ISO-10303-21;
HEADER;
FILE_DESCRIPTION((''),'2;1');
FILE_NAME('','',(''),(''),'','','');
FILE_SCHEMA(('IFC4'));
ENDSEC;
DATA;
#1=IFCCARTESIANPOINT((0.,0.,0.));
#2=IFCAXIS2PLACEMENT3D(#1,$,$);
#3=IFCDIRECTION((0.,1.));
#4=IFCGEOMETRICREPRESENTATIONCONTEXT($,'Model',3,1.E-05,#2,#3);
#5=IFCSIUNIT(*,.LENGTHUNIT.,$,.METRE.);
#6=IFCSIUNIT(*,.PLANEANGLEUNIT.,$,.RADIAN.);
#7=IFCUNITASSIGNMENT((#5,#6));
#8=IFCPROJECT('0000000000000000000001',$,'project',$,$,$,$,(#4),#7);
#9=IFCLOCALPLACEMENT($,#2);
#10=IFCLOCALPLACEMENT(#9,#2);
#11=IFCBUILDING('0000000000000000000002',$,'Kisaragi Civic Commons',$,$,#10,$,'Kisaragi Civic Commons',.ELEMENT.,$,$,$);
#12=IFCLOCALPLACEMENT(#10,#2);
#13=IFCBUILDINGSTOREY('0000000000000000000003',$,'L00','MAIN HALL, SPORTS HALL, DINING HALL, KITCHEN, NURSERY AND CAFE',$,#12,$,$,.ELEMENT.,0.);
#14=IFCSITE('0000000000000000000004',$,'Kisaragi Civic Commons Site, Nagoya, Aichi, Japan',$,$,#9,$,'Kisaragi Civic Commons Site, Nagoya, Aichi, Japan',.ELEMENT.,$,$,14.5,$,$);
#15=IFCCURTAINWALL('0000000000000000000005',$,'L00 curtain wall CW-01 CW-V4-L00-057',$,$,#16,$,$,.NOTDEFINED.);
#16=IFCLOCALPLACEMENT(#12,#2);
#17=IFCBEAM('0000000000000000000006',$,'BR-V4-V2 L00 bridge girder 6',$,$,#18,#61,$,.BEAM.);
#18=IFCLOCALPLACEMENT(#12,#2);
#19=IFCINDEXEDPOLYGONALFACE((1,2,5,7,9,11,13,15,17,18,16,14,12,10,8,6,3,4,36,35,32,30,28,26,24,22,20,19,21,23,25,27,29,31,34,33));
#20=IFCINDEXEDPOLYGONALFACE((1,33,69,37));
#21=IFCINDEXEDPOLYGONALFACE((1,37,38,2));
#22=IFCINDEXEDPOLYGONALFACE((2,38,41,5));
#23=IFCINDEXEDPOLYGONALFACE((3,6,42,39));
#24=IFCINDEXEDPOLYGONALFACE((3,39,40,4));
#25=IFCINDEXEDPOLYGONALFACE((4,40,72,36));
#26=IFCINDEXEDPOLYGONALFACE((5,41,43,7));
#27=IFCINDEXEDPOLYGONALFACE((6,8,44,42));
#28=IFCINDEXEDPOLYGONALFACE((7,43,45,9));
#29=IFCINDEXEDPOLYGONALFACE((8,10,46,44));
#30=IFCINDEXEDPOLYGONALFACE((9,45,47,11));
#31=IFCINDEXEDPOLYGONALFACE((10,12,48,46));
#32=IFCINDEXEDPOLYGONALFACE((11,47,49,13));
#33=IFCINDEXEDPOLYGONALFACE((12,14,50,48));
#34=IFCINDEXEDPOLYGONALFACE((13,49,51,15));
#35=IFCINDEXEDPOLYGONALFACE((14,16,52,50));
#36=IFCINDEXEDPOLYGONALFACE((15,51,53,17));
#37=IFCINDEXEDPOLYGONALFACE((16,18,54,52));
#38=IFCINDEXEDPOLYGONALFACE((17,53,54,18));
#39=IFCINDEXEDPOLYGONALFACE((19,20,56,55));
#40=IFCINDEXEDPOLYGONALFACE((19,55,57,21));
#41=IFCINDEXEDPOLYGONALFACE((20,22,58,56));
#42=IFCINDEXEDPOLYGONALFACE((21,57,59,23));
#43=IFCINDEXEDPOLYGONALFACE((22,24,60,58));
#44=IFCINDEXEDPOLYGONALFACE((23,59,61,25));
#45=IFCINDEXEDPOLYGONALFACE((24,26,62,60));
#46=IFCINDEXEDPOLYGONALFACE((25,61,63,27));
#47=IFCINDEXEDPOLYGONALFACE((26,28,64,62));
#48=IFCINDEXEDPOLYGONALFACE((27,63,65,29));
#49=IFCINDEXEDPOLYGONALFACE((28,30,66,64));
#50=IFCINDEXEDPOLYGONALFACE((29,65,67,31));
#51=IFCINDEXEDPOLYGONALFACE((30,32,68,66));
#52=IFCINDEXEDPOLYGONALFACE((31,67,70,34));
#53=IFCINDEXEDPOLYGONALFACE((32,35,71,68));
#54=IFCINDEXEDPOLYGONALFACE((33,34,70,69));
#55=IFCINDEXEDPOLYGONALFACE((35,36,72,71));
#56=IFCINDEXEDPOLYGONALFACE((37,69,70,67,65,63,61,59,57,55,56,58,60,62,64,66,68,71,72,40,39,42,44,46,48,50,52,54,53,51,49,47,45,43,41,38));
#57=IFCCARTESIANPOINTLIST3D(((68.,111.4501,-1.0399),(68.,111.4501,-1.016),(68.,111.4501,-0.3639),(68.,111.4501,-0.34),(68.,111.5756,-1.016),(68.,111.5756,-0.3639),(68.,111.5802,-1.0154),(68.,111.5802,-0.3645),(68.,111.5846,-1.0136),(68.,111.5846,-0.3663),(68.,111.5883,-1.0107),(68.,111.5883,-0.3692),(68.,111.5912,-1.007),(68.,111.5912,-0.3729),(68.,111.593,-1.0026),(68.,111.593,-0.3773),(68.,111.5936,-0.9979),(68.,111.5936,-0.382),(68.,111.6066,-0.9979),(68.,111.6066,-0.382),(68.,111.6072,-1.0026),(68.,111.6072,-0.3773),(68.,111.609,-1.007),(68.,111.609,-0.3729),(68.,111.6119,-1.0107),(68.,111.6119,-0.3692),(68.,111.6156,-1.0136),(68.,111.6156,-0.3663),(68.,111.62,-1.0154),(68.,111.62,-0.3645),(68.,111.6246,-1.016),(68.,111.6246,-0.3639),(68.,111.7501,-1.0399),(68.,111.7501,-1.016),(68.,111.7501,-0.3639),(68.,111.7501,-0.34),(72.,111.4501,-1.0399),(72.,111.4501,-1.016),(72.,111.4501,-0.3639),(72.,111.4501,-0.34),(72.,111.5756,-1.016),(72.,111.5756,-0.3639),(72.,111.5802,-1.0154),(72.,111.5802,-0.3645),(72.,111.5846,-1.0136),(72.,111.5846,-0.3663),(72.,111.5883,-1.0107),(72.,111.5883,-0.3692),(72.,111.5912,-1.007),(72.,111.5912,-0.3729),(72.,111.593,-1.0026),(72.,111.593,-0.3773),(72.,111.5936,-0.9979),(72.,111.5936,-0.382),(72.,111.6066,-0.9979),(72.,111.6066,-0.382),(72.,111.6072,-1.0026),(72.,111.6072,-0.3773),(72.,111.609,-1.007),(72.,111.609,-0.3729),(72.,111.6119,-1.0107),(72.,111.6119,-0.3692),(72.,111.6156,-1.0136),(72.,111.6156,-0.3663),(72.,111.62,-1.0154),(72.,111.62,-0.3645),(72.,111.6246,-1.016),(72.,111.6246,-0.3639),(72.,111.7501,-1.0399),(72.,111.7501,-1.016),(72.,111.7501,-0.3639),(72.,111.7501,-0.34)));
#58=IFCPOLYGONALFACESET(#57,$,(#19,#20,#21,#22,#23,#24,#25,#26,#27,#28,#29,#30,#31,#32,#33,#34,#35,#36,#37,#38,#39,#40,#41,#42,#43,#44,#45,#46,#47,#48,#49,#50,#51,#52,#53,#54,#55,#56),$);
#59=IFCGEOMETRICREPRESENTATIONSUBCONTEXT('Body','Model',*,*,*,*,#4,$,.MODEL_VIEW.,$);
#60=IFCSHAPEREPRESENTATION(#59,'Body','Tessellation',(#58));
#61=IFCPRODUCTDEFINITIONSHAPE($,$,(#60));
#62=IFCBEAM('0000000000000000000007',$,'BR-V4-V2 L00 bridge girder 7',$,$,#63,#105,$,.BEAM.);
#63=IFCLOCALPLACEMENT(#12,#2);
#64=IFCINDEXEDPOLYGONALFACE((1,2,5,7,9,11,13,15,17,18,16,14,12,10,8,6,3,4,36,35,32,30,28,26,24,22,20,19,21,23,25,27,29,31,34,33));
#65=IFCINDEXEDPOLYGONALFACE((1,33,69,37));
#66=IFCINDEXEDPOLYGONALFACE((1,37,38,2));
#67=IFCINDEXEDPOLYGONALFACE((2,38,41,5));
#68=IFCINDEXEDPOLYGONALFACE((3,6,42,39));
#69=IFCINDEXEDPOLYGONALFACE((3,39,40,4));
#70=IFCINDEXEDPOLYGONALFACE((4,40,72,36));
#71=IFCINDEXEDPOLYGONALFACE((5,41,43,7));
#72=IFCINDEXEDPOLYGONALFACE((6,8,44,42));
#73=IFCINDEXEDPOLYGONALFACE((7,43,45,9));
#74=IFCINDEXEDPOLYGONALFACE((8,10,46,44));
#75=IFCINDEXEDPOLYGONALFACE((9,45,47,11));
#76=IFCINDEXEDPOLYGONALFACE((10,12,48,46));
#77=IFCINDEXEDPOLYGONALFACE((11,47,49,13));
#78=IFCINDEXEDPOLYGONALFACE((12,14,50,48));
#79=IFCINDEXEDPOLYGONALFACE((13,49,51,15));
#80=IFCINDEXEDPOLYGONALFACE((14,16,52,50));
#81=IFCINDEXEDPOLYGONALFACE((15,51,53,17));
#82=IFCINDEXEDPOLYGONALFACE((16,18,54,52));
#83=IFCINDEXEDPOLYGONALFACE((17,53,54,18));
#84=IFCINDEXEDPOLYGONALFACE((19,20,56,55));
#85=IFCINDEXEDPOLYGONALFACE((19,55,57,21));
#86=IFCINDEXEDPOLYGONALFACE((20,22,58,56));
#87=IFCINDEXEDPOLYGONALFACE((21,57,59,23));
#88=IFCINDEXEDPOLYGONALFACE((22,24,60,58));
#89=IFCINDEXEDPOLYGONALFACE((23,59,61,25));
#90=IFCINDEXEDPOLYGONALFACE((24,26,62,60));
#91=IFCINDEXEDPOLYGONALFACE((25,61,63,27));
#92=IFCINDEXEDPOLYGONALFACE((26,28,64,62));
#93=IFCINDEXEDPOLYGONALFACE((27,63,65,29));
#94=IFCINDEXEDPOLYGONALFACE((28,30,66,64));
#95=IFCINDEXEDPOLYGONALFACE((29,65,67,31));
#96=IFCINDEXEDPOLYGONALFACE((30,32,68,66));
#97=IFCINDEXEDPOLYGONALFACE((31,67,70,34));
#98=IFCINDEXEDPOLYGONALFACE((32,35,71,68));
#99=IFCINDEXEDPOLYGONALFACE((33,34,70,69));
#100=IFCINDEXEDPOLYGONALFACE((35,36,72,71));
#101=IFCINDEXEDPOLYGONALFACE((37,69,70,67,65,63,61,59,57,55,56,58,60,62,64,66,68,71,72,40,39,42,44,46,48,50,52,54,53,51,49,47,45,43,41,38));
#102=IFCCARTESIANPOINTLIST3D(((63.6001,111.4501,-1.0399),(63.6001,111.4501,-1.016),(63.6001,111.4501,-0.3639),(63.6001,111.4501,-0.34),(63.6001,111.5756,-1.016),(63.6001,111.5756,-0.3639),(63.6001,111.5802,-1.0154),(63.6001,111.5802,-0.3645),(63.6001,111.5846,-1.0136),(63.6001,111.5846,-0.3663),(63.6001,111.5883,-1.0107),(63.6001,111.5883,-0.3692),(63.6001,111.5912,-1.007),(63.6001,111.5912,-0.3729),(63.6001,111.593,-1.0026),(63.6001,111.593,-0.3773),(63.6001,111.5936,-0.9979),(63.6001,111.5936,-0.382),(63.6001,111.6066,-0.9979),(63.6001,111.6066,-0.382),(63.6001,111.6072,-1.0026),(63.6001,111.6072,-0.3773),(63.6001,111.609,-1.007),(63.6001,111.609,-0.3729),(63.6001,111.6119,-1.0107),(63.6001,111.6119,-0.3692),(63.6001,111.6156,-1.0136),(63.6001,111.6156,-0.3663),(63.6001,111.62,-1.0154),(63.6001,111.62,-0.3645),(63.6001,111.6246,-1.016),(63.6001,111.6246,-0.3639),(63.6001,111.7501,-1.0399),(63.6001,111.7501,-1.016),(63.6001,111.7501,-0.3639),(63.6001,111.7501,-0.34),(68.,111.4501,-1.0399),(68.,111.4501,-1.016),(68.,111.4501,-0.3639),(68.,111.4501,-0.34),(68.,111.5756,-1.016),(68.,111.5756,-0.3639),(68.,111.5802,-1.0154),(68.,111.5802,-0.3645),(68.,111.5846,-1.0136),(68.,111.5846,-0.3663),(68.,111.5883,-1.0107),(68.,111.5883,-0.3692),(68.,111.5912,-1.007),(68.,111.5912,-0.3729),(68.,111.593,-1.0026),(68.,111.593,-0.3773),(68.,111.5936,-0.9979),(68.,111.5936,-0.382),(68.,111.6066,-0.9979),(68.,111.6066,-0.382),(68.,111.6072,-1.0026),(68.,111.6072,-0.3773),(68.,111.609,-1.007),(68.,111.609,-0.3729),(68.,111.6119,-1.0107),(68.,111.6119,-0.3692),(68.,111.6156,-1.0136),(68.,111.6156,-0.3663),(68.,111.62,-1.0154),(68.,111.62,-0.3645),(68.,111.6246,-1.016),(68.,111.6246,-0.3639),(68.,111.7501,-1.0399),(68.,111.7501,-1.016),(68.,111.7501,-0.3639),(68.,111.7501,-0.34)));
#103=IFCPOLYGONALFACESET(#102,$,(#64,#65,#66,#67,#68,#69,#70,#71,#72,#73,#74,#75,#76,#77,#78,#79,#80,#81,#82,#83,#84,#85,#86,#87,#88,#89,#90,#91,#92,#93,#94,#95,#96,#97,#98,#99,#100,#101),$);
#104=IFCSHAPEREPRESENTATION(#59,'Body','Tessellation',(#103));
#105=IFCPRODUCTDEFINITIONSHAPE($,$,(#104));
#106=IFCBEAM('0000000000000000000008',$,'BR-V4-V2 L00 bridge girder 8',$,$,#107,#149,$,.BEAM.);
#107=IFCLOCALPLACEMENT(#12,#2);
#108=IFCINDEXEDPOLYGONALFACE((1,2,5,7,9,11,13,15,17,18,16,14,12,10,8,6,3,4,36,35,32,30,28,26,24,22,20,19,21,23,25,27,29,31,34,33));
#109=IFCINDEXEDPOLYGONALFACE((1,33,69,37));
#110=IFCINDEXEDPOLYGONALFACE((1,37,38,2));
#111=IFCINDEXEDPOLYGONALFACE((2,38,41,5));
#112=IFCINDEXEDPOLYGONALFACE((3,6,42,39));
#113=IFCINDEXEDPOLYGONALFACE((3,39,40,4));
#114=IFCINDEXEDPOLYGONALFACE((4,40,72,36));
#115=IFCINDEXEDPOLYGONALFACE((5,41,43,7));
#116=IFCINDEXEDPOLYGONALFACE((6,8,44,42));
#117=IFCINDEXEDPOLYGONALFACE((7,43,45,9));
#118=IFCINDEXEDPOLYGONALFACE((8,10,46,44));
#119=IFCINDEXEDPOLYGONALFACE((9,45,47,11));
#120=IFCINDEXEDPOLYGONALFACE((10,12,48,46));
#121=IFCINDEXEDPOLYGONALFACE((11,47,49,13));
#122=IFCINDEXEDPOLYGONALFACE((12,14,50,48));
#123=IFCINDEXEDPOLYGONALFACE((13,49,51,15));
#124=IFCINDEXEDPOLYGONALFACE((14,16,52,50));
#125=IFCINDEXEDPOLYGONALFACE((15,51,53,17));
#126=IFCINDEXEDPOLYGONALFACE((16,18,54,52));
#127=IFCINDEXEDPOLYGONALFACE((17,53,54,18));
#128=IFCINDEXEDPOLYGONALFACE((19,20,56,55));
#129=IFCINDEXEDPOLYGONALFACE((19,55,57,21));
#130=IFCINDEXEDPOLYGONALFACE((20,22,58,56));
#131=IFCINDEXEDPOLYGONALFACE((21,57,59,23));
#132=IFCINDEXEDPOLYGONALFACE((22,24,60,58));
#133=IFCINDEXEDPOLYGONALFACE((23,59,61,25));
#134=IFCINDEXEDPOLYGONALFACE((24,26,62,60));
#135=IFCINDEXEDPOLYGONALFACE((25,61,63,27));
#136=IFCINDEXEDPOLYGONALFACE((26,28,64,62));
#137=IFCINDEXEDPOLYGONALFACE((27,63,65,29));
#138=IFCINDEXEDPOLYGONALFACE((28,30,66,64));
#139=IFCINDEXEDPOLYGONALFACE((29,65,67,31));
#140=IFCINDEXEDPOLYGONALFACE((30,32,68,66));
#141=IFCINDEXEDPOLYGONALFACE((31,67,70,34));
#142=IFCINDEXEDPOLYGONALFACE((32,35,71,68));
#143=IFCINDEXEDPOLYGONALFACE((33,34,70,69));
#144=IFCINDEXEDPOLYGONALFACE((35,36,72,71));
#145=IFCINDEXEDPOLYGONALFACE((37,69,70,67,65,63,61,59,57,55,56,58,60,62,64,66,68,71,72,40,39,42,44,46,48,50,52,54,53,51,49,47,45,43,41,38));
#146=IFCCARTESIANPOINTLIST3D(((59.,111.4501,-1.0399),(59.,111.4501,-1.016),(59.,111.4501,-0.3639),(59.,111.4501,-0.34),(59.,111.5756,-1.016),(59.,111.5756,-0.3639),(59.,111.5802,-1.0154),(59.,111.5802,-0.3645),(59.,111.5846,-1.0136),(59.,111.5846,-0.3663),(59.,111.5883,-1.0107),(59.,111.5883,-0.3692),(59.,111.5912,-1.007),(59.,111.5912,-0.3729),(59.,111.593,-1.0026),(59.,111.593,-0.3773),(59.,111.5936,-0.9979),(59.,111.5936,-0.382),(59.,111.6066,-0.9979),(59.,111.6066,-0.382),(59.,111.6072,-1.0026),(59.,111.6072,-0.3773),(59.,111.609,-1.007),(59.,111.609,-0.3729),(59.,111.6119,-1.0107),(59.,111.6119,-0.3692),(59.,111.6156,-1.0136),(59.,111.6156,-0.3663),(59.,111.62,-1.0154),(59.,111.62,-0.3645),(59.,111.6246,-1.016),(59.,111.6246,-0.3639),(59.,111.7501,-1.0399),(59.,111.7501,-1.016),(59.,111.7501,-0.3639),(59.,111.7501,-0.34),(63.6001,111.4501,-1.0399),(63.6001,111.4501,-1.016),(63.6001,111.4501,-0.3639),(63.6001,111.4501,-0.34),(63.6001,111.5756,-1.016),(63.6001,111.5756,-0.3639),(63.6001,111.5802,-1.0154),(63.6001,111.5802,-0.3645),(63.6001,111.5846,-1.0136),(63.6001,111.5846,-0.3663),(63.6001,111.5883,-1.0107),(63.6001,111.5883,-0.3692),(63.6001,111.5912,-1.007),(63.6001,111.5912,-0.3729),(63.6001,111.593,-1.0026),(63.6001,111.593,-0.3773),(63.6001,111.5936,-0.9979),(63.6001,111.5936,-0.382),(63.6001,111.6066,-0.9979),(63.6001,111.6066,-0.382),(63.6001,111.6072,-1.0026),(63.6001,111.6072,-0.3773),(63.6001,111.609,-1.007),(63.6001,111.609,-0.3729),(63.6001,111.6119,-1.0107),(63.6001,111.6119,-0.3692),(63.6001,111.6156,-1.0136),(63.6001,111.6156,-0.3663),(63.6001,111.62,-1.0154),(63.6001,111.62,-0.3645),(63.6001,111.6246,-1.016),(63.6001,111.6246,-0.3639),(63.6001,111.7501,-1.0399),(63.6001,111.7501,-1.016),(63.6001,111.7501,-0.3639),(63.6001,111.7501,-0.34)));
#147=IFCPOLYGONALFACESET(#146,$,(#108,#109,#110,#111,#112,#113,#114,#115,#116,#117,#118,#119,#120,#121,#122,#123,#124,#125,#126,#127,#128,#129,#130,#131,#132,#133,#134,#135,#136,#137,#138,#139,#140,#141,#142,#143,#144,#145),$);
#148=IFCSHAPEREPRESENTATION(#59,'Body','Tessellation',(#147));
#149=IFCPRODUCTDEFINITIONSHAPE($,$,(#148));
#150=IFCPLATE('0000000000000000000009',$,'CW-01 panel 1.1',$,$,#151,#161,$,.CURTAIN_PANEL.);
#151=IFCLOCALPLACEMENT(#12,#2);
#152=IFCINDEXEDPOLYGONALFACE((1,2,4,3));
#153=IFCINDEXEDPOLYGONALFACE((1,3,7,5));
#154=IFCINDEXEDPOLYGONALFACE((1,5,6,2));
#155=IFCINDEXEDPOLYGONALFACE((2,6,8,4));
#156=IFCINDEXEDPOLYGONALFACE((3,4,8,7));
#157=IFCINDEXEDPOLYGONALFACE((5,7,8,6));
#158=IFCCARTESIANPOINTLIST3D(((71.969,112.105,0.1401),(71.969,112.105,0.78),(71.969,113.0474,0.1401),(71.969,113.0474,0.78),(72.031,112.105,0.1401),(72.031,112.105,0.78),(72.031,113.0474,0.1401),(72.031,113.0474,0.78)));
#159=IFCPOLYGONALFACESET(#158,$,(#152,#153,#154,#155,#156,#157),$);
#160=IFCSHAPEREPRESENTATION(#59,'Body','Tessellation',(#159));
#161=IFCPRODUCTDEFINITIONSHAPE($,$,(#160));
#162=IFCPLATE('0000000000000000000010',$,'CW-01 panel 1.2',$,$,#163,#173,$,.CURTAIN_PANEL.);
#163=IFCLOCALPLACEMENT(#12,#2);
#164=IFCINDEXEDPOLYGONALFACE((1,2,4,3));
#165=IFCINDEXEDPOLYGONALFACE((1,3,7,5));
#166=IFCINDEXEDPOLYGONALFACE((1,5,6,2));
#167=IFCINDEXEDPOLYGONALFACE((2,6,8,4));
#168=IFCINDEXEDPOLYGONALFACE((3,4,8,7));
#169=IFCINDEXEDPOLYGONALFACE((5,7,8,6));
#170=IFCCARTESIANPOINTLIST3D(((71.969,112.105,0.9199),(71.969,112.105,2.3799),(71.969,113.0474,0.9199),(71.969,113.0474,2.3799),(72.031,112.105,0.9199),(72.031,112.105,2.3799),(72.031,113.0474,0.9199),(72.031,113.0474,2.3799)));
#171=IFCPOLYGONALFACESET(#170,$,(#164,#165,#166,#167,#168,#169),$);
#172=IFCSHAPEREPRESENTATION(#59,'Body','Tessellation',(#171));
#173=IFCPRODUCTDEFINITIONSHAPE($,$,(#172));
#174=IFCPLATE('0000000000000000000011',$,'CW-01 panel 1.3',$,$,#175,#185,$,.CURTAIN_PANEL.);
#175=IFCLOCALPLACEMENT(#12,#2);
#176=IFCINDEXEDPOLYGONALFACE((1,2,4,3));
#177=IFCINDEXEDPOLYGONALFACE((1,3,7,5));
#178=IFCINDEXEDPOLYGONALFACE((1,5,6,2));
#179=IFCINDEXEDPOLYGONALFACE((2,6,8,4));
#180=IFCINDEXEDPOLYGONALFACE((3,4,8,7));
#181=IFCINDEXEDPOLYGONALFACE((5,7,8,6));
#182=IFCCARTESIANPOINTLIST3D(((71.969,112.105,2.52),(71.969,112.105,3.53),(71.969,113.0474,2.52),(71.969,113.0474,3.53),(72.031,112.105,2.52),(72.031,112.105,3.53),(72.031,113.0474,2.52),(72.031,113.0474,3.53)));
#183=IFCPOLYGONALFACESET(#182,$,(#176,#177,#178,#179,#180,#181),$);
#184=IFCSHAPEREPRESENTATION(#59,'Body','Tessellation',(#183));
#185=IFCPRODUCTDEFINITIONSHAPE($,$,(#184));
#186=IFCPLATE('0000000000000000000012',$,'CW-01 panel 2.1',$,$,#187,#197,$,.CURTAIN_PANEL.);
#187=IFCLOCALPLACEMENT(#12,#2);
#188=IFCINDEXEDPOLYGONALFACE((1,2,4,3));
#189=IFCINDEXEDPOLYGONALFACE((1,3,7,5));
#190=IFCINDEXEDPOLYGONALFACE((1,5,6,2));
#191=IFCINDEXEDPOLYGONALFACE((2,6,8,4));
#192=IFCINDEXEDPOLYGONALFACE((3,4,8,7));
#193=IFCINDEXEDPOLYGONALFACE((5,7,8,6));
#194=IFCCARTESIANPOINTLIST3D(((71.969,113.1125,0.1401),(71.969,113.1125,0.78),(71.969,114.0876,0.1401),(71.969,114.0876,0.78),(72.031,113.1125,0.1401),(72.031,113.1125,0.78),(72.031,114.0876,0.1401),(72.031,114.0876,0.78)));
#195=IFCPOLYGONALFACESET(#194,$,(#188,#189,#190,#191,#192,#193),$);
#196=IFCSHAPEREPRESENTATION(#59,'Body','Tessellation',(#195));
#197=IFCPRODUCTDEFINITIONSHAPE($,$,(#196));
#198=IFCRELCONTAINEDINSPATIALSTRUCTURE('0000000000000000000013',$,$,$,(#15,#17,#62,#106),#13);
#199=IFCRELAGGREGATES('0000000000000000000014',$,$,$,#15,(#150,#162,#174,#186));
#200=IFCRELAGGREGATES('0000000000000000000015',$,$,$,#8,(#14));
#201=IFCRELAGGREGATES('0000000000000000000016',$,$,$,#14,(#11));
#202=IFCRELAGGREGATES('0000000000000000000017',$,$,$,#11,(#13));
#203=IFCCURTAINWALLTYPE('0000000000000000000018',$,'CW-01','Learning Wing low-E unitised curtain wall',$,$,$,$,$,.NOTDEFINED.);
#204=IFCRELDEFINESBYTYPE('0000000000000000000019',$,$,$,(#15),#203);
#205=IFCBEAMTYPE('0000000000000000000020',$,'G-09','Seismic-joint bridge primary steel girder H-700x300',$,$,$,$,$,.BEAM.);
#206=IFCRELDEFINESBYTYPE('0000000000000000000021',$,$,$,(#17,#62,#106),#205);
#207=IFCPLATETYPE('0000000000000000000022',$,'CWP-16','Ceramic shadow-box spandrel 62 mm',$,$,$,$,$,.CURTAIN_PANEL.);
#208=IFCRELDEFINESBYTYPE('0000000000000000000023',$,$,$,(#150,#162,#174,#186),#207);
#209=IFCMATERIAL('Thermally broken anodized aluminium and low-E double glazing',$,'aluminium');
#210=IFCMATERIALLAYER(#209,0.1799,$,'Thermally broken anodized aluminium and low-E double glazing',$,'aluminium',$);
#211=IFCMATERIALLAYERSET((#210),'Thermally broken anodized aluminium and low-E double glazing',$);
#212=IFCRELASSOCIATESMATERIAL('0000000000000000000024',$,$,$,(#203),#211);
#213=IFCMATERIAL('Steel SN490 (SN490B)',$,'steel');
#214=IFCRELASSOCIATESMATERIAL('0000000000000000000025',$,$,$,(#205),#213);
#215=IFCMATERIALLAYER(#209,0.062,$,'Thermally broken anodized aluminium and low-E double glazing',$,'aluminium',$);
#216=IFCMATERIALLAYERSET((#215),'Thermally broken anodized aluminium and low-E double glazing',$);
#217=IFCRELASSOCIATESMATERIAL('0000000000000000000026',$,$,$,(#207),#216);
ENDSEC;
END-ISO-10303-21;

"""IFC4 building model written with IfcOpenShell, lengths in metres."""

from ifc_helpers import new_model, si_unit, direction, frame, origin, origin_2d, place, context, subcontext, project, spatial, rectangle, i_section, extrude, material, layer, layer_set, material_profile, profile_set, type_object, element, aggregate, save


model = new_model("IFC4")

# Units and contexts
model_context = context("Model", 3, precision=1e-05, world=origin(), true_north=direction((0.0, 1.0)))
body_context = subcontext(model_context, "Body", "Model", "MODEL_VIEW")
ifc_project = project(units=[si_unit("LENGTHUNIT", "METRE"), si_unit("PLANEANGLEUNIT", "RADIAN")], contexts=[model_context])

# Site, building, storey
site_placement = place(None, origin())
site = spatial("IfcSite", under=ifc_project, at=site_placement, Name="Kisaragi Civic Commons Site, Nagoya, Aichi, Japan", LongName="Kisaragi Civic Commons Site, Nagoya, Aichi, Japan", CompositionType="ELEMENT", RefElevation=14.5)
building_placement = place(site_placement, origin())
building = spatial("IfcBuilding", under=site, at=building_placement, Name="Kisaragi Civic Commons", LongName="Kisaragi Civic Commons", CompositionType="ELEMENT")
storey_placement = place(building_placement, origin())
storey = spatial("IfcBuildingStorey", under=building, at=storey_placement, Name="L00", Description="MAIN HALL, SPORTS HALL, DINING HALL, KITCHEN, NURSERY AND CAFE", CompositionType="ELEMENT", Elevation=0.0)

# Curtain wall
ifc_material_1 = material(Name="Thermally broken anodized aluminium and low-E double glazing", Category="aluminium")
ifc_layer_1 = layer(ifc_material_1, 0.1799, Name="Thermally broken anodized aluminium and low-E double glazing", Category="aluminium")
ifc_layer_set_1 = layer_set([ifc_layer_1], Name="Thermally broken anodized aluminium and low-E double glazing")
curtain_wall_type = type_object("IfcCurtainWallType", Name="CW-01", Description="Learning Wing low-E unitised curtain wall", PredefinedType="NOTDEFINED", material=ifc_layer_set_1)
curtain_wall_placement = place(storey_placement, origin())
curtain_wall = element("IfcCurtainWall", 1, at=curtain_wall_placement, inside=storey, type_object=curtain_wall_type, Name="L00 curtain wall CW-01 CW-V4-L00-057", PredefinedType="NOTDEFINED")

# Beams
ifc_material_2 = material(Name="Steel SN490 (SN490B)", Category="steel")
ifc_material_profile_1 = material_profile(ifc_material_2, i_section(OverallWidth=0.3, OverallDepth=0.7, WebThickness=0.0129, FlangeThickness=0.0239, FilletRadius=0.0181, at=origin_2d()), Name="H-700x300x13x24", Category="steel")
ifc_profile_set_1 = profile_set([ifc_material_profile_1], Name="Steel SN490 (SN490B)")
beam_type_1 = type_object("IfcBeamType", Name="G-09", Description="Seismic-joint bridge primary steel girder H-700x300", PredefinedType="BEAM", material=ifc_profile_set_1)
beam_1_placement = place(storey_placement, frame((72.0, 111.6001, -0.6899), z_axis=(-1.0, 0.0, 0.0), x_axis=(0.0, -1.0, 0.0)))
element("IfcBeam", 2, at=beam_1_placement, inside=storey, type_object=beam_type_1, Name="BR-V4-V2 L00 bridge girder 6", PredefinedType="BEAM", context=body_context, shape_type="SweptSolid", body=[
    extrude(i_section(OverallWidth=0.3, OverallDepth=0.7, WebThickness=0.0129, FlangeThickness=0.0239, FilletRadius=0.0181, at=origin_2d()), origin(), (0.0, 0.0, 1.0), 4.0),
])
beam_2_placement = place(storey_placement, frame((68.0, 111.6001, -0.6899), z_axis=(-1.0, 0.0, 0.0), x_axis=(0.0, -1.0, 0.0)))
element("IfcBeam", 3, at=beam_2_placement, inside=storey, type_object=beam_type_1, Name="BR-V4-V2 L00 bridge girder 7", PredefinedType="BEAM", context=body_context, shape_type="SweptSolid", body=[
    extrude(i_section(OverallWidth=0.3, OverallDepth=0.7, WebThickness=0.0129, FlangeThickness=0.0239, FilletRadius=0.0181, at=origin_2d()), origin(), (0.0, 0.0, 1.0), 4.3999),
])
beam_3_placement = place(storey_placement, frame((63.6001, 111.6001, -0.6899), z_axis=(-1.0, 0.0, 0.0), x_axis=(0.0, -1.0, 0.0)))
element("IfcBeam", 4, at=beam_3_placement, inside=storey, type_object=beam_type_1, Name="BR-V4-V2 L00 bridge girder 8", PredefinedType="BEAM", context=body_context, shape_type="SweptSolid", body=[
    extrude(i_section(OverallWidth=0.3, OverallDepth=0.7, WebThickness=0.0129, FlangeThickness=0.0239, FilletRadius=0.0181, at=origin_2d()), origin(), (0.0, 0.0, 1.0), 4.6001),
])

# Plates
ifc_layer_2 = layer(ifc_material_1, 0.062, Name="Thermally broken anodized aluminium and low-E double glazing", Category="aluminium")
ifc_layer_set_2 = layer_set([ifc_layer_2], Name="Thermally broken anodized aluminium and low-E double glazing")
plate_type = type_object("IfcPlateType", Name="CWP-16", Description="Ceramic shadow-box spandrel 62 mm", PredefinedType="CURTAIN_PANEL", material=ifc_layer_set_2)
plate_1_placement = place(storey_placement, frame((72.0, 112.5762, 0.1401), z_axis=(0.0, 0.0, 1.0), x_axis=(0.0, 1.0, 0.0)))
plate_1 = element("IfcPlate", 5, at=plate_1_placement, type_object=plate_type, Name="CW-01 panel 1.1", PredefinedType="CURTAIN_PANEL", context=body_context, shape_type="SweptSolid", body=[
    extrude(rectangle(XDim=0.9424, YDim=0.062, at=origin_2d()), origin(), (0.0, 0.0, 1.0), 0.6399),
])
plate_2_placement = place(storey_placement, frame((72.0, 112.5762, 0.9199), z_axis=(0.0, 0.0, 1.0), x_axis=(0.0, 1.0, 0.0)))
plate_2 = element("IfcPlate", 6, at=plate_2_placement, type_object=plate_type, Name="CW-01 panel 1.2", PredefinedType="CURTAIN_PANEL", context=body_context, shape_type="SweptSolid", body=[
    extrude(rectangle(XDim=0.9424, YDim=0.062, at=origin_2d()), origin(), (0.0, 0.0, 1.0), 1.46),
])
plate_3_placement = place(storey_placement, frame((72.0, 112.5762, 2.52), z_axis=(0.0, 0.0, 1.0), x_axis=(0.0, 1.0, 0.0)))
plate_3 = element("IfcPlate", 7, at=plate_3_placement, type_object=plate_type, Name="CW-01 panel 1.3", PredefinedType="CURTAIN_PANEL", context=body_context, shape_type="SweptSolid", body=[
    extrude(rectangle(XDim=0.9424, YDim=0.062, at=origin_2d()), origin(), (0.0, 0.0, 1.0), 1.01),
])
plate_4_placement = place(storey_placement, frame((72.0, 113.6001, 0.1401), z_axis=(0.0, 0.0, 1.0), x_axis=(0.0, 1.0, 0.0)))
plate_4 = element("IfcPlate", 8, at=plate_4_placement, type_object=plate_type, Name="CW-01 panel 2.1", PredefinedType="CURTAIN_PANEL", context=body_context, shape_type="SweptSolid", body=[
    extrude(rectangle(XDim=0.9751, YDim=0.062, at=origin_2d()), origin(), (0.0, 0.0, 1.0), 0.6399),
])
aggregate(curtain_wall, [plate_1, plate_2, plate_3, plate_4])

save(model, "model.ifc")
